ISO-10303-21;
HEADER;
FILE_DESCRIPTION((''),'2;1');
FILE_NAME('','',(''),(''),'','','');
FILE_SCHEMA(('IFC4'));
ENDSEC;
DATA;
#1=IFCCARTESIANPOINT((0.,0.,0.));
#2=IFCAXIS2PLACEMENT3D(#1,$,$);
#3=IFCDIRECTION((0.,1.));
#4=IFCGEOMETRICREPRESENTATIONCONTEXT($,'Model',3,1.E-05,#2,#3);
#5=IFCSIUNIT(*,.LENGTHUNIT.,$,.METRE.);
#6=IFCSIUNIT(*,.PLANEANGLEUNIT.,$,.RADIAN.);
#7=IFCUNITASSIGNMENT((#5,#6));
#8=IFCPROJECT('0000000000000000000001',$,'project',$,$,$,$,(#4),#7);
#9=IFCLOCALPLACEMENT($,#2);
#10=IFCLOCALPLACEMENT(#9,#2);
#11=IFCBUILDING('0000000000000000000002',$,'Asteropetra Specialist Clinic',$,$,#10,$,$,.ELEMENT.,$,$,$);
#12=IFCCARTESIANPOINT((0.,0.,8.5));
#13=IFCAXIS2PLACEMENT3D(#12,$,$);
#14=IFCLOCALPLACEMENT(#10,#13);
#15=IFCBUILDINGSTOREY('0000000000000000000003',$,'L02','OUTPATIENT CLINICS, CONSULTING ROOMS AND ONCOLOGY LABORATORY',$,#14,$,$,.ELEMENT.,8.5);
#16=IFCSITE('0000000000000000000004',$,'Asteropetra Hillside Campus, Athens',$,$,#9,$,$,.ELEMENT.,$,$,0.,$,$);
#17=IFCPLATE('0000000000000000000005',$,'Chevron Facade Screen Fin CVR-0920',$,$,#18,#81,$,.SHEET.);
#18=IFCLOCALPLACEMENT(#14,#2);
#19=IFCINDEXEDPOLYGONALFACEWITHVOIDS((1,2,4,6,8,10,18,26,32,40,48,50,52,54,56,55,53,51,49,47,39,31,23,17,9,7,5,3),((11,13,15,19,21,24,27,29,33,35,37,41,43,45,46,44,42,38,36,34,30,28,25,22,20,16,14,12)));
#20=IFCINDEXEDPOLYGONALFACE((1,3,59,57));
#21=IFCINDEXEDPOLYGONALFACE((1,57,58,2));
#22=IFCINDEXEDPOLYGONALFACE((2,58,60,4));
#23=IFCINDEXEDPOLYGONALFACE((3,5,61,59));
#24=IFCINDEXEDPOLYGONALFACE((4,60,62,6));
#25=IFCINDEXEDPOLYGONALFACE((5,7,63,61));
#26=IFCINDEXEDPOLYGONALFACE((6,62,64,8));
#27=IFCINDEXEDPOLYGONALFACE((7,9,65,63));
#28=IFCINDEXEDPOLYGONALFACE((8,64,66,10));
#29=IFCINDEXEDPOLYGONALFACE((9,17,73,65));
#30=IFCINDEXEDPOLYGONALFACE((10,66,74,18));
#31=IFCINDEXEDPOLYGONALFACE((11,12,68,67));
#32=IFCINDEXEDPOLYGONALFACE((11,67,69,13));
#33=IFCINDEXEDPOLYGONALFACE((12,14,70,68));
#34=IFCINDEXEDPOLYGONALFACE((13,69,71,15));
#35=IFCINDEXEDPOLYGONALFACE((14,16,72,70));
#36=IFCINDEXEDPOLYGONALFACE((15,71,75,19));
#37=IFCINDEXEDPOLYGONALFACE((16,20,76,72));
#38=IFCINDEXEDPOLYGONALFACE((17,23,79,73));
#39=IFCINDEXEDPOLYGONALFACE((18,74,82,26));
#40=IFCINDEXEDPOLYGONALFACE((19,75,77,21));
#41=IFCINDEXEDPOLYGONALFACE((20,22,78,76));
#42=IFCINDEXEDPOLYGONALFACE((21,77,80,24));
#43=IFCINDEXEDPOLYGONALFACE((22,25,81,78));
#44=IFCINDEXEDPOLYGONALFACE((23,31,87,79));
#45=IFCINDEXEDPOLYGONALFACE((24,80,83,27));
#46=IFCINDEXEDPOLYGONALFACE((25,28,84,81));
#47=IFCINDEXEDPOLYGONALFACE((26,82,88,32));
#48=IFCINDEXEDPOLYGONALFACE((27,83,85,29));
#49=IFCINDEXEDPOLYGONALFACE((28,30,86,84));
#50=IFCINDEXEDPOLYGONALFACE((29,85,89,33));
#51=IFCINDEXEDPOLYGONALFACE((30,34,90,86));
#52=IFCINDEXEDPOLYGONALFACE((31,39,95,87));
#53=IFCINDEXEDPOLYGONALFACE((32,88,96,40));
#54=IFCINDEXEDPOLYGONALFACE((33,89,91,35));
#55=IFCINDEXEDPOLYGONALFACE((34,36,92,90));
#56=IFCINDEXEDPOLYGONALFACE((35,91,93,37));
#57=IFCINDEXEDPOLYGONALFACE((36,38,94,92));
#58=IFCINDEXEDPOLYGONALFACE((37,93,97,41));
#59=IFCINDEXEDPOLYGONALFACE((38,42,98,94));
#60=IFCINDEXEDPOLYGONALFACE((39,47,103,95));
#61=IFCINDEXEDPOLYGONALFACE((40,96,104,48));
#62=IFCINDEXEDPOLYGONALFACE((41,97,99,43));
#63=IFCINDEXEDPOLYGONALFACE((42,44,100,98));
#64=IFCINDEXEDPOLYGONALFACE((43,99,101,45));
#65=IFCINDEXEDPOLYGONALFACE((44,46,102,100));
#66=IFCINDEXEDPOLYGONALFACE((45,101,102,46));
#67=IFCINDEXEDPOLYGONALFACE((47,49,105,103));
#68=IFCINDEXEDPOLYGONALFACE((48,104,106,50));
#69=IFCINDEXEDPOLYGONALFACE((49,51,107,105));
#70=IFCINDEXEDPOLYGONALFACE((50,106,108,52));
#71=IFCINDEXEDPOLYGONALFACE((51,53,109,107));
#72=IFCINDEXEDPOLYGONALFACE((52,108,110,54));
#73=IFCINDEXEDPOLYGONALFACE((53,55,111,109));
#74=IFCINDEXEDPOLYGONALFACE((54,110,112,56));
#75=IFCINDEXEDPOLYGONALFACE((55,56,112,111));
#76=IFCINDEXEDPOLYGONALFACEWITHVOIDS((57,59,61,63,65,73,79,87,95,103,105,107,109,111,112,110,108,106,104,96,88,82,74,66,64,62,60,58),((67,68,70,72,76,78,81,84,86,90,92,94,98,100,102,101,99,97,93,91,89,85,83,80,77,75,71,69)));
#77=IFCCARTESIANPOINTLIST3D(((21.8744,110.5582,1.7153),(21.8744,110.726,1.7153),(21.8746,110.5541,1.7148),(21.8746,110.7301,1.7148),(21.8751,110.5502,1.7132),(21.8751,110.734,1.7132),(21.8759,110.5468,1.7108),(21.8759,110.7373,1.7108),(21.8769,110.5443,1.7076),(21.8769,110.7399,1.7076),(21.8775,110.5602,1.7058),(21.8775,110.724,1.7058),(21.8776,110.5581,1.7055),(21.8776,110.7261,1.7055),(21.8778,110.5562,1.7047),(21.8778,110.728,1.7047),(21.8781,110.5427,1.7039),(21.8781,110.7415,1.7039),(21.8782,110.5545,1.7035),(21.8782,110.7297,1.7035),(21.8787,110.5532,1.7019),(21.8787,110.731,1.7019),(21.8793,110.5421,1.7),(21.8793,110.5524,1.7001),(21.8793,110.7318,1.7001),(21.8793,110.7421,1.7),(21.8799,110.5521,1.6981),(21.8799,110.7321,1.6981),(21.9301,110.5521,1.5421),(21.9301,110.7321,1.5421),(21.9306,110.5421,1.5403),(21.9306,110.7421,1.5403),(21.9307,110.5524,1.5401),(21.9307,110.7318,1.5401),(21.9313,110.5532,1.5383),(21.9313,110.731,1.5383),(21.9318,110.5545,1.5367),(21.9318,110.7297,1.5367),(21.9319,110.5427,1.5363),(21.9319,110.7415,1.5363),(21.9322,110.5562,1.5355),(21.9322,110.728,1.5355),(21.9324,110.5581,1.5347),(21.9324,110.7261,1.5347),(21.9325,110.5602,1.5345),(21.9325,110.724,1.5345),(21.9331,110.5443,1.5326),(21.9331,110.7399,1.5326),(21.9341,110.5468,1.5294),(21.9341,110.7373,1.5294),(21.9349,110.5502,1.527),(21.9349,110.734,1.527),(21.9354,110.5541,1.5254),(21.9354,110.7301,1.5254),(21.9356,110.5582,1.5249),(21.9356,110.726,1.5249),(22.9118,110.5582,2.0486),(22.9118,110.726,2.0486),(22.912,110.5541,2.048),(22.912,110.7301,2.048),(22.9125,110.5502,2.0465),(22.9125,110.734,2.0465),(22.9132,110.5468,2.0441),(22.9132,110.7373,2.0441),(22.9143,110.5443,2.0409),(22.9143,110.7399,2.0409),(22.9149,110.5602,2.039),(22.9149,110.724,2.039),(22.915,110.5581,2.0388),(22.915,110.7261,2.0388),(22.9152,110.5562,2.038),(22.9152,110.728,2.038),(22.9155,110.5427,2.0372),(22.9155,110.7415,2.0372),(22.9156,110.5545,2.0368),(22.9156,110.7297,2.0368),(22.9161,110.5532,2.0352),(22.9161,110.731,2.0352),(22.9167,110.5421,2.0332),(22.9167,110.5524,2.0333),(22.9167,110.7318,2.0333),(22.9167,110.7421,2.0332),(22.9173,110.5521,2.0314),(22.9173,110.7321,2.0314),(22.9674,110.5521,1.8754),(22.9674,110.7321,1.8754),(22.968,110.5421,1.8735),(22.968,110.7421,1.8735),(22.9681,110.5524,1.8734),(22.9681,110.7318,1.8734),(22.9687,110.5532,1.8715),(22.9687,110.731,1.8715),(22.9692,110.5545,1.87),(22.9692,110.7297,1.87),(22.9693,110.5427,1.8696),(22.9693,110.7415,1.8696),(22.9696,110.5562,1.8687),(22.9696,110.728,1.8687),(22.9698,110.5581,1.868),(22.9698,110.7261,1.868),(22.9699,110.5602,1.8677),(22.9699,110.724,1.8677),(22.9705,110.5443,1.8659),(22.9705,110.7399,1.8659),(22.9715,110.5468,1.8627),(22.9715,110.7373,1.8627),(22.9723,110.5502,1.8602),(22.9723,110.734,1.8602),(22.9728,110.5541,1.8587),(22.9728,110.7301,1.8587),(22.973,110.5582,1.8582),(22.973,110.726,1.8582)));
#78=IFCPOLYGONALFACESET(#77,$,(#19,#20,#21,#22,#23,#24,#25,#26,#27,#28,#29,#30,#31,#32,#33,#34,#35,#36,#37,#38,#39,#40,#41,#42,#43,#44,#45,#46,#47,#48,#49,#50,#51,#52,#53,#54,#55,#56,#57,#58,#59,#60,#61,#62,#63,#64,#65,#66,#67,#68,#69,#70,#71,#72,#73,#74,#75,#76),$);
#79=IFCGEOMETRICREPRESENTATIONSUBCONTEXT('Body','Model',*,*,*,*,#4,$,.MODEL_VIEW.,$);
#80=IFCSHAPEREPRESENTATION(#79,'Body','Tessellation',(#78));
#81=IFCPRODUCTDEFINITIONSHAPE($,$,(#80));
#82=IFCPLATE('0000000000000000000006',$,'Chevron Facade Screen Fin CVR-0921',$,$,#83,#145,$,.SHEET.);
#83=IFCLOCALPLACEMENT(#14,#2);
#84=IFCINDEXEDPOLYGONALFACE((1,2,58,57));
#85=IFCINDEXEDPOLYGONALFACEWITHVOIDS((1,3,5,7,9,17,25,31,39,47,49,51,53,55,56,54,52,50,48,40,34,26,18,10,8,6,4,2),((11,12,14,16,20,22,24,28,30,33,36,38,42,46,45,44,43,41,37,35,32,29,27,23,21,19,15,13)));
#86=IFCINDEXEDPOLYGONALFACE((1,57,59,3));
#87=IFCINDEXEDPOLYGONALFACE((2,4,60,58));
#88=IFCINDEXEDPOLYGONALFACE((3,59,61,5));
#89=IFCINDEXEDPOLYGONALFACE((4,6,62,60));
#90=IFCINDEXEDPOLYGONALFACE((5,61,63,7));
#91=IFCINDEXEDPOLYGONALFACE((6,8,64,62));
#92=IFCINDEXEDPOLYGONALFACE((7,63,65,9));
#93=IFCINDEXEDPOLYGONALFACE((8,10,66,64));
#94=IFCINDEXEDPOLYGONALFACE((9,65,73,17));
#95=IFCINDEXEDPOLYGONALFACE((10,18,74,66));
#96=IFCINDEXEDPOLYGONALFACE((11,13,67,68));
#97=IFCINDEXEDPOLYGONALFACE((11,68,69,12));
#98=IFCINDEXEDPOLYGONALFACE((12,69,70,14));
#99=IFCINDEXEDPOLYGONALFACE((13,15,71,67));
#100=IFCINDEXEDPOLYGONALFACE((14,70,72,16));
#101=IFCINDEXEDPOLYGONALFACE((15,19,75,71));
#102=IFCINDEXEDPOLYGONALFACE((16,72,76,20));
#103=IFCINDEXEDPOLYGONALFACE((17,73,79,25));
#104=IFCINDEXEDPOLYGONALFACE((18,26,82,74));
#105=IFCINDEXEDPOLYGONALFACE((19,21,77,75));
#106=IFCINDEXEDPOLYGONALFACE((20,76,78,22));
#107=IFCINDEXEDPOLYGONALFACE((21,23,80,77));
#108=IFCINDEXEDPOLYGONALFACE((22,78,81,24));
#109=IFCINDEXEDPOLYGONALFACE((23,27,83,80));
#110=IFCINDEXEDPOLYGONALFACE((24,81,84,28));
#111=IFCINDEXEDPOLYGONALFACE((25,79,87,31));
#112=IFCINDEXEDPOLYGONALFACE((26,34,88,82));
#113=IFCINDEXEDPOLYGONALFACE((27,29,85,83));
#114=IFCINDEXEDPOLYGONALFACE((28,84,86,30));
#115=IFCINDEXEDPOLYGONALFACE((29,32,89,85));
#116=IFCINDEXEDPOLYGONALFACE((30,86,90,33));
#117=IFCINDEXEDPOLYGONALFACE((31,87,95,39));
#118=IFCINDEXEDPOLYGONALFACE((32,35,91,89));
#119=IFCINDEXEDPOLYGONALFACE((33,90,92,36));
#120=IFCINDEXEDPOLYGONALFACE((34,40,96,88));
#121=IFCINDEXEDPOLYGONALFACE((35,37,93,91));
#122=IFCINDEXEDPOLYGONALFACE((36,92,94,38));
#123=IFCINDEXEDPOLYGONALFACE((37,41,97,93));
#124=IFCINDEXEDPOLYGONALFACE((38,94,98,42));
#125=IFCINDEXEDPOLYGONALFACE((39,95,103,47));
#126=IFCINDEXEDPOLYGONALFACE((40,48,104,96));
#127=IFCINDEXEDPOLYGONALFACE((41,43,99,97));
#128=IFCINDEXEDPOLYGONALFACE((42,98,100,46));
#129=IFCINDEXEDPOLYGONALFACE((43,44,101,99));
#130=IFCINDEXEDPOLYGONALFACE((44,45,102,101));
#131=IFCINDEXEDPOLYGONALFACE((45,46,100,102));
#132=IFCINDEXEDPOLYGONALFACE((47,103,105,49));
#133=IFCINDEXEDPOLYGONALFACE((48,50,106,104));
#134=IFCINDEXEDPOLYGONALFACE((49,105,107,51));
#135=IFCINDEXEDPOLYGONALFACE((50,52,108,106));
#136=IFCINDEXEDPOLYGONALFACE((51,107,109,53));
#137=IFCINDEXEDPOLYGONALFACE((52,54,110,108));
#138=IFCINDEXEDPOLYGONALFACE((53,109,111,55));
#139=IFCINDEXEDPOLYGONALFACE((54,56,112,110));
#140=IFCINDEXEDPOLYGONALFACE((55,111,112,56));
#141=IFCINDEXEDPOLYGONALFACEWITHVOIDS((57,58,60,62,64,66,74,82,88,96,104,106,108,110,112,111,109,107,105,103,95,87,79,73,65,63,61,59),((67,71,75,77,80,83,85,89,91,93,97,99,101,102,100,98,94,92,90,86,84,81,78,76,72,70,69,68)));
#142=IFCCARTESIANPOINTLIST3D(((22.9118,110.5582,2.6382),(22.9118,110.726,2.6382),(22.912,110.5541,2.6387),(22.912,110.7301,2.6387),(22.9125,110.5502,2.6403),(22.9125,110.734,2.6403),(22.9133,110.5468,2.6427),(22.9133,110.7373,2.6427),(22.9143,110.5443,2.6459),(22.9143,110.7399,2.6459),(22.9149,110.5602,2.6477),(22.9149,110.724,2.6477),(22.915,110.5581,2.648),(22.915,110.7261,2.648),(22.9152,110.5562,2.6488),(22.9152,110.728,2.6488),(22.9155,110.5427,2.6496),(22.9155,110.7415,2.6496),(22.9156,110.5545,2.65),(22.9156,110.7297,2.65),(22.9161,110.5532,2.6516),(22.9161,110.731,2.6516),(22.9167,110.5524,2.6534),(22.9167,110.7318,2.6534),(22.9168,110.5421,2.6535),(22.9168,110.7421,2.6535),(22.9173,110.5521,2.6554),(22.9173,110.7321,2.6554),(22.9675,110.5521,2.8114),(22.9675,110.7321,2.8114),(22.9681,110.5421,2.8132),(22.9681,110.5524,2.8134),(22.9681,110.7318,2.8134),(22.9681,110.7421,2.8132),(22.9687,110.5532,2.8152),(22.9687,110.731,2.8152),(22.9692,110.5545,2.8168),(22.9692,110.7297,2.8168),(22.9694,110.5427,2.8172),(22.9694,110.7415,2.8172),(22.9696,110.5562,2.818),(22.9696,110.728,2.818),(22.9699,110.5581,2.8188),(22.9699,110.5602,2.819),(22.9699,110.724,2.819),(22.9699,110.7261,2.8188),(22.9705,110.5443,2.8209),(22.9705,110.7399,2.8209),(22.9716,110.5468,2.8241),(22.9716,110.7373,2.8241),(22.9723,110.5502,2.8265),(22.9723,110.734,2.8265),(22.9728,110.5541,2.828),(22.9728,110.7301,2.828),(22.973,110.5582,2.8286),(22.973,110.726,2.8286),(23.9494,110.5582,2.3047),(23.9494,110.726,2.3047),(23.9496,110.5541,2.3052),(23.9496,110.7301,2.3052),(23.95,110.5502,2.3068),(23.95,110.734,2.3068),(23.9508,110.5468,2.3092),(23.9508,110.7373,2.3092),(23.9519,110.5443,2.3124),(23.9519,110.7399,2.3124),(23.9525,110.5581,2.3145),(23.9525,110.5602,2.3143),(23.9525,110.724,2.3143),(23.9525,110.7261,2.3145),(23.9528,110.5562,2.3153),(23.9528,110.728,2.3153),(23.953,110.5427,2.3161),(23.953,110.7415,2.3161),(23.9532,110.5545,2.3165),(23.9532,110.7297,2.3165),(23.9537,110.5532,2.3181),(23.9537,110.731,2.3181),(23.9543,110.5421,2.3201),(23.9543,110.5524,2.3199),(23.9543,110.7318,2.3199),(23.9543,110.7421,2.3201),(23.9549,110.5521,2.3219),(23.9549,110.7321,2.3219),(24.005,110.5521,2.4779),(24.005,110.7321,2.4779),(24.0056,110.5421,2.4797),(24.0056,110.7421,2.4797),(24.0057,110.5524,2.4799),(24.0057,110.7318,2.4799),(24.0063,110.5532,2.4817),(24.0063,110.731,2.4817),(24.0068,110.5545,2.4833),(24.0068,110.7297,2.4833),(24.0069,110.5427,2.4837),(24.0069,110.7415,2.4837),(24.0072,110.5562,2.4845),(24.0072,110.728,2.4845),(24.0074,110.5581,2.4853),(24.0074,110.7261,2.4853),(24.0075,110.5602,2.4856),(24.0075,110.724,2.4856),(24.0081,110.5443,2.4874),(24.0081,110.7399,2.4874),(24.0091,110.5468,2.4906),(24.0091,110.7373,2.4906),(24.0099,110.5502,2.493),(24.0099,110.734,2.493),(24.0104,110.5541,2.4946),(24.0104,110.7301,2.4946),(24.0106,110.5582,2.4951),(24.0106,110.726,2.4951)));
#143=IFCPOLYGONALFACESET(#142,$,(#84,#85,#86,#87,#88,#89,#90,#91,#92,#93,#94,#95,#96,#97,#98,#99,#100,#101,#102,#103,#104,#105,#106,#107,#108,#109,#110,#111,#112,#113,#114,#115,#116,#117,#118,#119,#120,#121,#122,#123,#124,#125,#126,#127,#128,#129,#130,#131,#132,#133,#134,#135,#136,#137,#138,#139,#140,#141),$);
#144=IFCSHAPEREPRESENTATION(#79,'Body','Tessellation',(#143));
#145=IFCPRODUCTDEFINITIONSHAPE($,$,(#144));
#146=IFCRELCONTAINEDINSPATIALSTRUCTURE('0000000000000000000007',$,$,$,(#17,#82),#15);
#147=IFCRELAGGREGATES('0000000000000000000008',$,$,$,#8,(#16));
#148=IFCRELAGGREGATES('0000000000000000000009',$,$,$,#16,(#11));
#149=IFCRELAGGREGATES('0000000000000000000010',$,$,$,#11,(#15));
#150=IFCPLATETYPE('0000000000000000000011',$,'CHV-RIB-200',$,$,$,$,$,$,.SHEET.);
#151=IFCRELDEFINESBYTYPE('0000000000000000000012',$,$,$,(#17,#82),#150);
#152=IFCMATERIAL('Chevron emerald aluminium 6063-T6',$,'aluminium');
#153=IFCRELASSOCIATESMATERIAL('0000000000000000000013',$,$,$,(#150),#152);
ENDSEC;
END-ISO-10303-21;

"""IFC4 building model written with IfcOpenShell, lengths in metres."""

from ifc_helpers import new_model, si_unit, direction, frame, origin, origin_2d, place, context, subcontext, project, spatial, hollow_rectangle, extrude, material, material_profile, profile_set, type_object, element, save


model = new_model("IFC4")

# Units and contexts
model_context = context("Model", 3, precision=1e-05, world=origin(), true_north=direction((0.0, 1.0)))
body_context = subcontext(model_context, "Body", "Model", "MODEL_VIEW")
ifc_project = project(units=[si_unit("LENGTHUNIT", "METRE"), si_unit("PLANEANGLEUNIT", "RADIAN")], contexts=[model_context])

# Site, building, storey
site_placement = place(None, origin())
site = spatial("IfcSite", under=ifc_project, at=site_placement, Name="Asteropetra Hillside Campus, Athens", CompositionType="ELEMENT", RefElevation=0.0)
building_placement = place(site_placement, origin())
building = spatial("IfcBuilding", under=site, at=building_placement, Name="Asteropetra Specialist Clinic", CompositionType="ELEMENT")
storey_placement = place(building_placement, frame((0.0, 0.0, 8.5)))
storey = spatial("IfcBuildingStorey", under=building, at=storey_placement, Name="L02", Description="OUTPATIENT CLINICS, CONSULTING ROOMS AND ONCOLOGY LABORATORY", CompositionType="ELEMENT", Elevation=8.5)

# Plates
ifc_material = material(Name="Chevron emerald aluminium 6063-T6", Category="aluminium")
ifc_material_profile = material_profile(ifc_material, hollow_rectangle(XDim=0.2, YDim=0.2, WallThickness=0.01, InnerFilletRadius=0.0081, OuterFilletRadius=0.0161, at=origin_2d()), Name="SHS 200x200x10.0")
ifc_profile_set = profile_set([ifc_material_profile], Name="Chevron emerald aluminium 6063-T6")
plate_type = type_object("IfcPlateType", Name="CHV-RIB-200", PredefinedType="SHEET", material=ifc_profile_set)
plate_1_placement = place(storey_placement, frame((22.9424, 110.6421, 1.9534), z_axis=(-0.952078, 0.0, -0.305857), x_axis=(0.0, -1.0, 0.0)))
element("IfcPlate", 1, at=plate_1_placement, inside=storey, type_object=plate_type, Name="Chevron Facade Screen Fin CVR-0920", PredefinedType="SHEET", context=body_context, shape_type="SweptSolid", body=[
    extrude(hollow_rectangle(XDim=0.2, YDim=0.2, WallThickness=0.01, InnerFilletRadius=0.0081, OuterFilletRadius=0.0161, at=origin_2d()), origin(), (0.0, 0.0, 1.0), 1.0896),
])
plate_2_placement = place(storey_placement, frame((23.98, 110.6421, 2.3999), z_axis=(-0.952033, 0.0, 0.305995), x_axis=(0.0, -1.0, 0.0)))
element("IfcPlate", 2, at=plate_2_placement, inside=storey, type_object=plate_type, Name="Chevron Facade Screen Fin CVR-0921", PredefinedType="SHEET", context=body_context, shape_type="SweptSolid", body=[
    extrude(hollow_rectangle(XDim=0.2, YDim=0.2, WallThickness=0.01, InnerFilletRadius=0.0081, OuterFilletRadius=0.0161, at=origin_2d()), origin(), (0.0, 0.0, 1.0), 1.0898),
])

save(model, "model.ifc")
